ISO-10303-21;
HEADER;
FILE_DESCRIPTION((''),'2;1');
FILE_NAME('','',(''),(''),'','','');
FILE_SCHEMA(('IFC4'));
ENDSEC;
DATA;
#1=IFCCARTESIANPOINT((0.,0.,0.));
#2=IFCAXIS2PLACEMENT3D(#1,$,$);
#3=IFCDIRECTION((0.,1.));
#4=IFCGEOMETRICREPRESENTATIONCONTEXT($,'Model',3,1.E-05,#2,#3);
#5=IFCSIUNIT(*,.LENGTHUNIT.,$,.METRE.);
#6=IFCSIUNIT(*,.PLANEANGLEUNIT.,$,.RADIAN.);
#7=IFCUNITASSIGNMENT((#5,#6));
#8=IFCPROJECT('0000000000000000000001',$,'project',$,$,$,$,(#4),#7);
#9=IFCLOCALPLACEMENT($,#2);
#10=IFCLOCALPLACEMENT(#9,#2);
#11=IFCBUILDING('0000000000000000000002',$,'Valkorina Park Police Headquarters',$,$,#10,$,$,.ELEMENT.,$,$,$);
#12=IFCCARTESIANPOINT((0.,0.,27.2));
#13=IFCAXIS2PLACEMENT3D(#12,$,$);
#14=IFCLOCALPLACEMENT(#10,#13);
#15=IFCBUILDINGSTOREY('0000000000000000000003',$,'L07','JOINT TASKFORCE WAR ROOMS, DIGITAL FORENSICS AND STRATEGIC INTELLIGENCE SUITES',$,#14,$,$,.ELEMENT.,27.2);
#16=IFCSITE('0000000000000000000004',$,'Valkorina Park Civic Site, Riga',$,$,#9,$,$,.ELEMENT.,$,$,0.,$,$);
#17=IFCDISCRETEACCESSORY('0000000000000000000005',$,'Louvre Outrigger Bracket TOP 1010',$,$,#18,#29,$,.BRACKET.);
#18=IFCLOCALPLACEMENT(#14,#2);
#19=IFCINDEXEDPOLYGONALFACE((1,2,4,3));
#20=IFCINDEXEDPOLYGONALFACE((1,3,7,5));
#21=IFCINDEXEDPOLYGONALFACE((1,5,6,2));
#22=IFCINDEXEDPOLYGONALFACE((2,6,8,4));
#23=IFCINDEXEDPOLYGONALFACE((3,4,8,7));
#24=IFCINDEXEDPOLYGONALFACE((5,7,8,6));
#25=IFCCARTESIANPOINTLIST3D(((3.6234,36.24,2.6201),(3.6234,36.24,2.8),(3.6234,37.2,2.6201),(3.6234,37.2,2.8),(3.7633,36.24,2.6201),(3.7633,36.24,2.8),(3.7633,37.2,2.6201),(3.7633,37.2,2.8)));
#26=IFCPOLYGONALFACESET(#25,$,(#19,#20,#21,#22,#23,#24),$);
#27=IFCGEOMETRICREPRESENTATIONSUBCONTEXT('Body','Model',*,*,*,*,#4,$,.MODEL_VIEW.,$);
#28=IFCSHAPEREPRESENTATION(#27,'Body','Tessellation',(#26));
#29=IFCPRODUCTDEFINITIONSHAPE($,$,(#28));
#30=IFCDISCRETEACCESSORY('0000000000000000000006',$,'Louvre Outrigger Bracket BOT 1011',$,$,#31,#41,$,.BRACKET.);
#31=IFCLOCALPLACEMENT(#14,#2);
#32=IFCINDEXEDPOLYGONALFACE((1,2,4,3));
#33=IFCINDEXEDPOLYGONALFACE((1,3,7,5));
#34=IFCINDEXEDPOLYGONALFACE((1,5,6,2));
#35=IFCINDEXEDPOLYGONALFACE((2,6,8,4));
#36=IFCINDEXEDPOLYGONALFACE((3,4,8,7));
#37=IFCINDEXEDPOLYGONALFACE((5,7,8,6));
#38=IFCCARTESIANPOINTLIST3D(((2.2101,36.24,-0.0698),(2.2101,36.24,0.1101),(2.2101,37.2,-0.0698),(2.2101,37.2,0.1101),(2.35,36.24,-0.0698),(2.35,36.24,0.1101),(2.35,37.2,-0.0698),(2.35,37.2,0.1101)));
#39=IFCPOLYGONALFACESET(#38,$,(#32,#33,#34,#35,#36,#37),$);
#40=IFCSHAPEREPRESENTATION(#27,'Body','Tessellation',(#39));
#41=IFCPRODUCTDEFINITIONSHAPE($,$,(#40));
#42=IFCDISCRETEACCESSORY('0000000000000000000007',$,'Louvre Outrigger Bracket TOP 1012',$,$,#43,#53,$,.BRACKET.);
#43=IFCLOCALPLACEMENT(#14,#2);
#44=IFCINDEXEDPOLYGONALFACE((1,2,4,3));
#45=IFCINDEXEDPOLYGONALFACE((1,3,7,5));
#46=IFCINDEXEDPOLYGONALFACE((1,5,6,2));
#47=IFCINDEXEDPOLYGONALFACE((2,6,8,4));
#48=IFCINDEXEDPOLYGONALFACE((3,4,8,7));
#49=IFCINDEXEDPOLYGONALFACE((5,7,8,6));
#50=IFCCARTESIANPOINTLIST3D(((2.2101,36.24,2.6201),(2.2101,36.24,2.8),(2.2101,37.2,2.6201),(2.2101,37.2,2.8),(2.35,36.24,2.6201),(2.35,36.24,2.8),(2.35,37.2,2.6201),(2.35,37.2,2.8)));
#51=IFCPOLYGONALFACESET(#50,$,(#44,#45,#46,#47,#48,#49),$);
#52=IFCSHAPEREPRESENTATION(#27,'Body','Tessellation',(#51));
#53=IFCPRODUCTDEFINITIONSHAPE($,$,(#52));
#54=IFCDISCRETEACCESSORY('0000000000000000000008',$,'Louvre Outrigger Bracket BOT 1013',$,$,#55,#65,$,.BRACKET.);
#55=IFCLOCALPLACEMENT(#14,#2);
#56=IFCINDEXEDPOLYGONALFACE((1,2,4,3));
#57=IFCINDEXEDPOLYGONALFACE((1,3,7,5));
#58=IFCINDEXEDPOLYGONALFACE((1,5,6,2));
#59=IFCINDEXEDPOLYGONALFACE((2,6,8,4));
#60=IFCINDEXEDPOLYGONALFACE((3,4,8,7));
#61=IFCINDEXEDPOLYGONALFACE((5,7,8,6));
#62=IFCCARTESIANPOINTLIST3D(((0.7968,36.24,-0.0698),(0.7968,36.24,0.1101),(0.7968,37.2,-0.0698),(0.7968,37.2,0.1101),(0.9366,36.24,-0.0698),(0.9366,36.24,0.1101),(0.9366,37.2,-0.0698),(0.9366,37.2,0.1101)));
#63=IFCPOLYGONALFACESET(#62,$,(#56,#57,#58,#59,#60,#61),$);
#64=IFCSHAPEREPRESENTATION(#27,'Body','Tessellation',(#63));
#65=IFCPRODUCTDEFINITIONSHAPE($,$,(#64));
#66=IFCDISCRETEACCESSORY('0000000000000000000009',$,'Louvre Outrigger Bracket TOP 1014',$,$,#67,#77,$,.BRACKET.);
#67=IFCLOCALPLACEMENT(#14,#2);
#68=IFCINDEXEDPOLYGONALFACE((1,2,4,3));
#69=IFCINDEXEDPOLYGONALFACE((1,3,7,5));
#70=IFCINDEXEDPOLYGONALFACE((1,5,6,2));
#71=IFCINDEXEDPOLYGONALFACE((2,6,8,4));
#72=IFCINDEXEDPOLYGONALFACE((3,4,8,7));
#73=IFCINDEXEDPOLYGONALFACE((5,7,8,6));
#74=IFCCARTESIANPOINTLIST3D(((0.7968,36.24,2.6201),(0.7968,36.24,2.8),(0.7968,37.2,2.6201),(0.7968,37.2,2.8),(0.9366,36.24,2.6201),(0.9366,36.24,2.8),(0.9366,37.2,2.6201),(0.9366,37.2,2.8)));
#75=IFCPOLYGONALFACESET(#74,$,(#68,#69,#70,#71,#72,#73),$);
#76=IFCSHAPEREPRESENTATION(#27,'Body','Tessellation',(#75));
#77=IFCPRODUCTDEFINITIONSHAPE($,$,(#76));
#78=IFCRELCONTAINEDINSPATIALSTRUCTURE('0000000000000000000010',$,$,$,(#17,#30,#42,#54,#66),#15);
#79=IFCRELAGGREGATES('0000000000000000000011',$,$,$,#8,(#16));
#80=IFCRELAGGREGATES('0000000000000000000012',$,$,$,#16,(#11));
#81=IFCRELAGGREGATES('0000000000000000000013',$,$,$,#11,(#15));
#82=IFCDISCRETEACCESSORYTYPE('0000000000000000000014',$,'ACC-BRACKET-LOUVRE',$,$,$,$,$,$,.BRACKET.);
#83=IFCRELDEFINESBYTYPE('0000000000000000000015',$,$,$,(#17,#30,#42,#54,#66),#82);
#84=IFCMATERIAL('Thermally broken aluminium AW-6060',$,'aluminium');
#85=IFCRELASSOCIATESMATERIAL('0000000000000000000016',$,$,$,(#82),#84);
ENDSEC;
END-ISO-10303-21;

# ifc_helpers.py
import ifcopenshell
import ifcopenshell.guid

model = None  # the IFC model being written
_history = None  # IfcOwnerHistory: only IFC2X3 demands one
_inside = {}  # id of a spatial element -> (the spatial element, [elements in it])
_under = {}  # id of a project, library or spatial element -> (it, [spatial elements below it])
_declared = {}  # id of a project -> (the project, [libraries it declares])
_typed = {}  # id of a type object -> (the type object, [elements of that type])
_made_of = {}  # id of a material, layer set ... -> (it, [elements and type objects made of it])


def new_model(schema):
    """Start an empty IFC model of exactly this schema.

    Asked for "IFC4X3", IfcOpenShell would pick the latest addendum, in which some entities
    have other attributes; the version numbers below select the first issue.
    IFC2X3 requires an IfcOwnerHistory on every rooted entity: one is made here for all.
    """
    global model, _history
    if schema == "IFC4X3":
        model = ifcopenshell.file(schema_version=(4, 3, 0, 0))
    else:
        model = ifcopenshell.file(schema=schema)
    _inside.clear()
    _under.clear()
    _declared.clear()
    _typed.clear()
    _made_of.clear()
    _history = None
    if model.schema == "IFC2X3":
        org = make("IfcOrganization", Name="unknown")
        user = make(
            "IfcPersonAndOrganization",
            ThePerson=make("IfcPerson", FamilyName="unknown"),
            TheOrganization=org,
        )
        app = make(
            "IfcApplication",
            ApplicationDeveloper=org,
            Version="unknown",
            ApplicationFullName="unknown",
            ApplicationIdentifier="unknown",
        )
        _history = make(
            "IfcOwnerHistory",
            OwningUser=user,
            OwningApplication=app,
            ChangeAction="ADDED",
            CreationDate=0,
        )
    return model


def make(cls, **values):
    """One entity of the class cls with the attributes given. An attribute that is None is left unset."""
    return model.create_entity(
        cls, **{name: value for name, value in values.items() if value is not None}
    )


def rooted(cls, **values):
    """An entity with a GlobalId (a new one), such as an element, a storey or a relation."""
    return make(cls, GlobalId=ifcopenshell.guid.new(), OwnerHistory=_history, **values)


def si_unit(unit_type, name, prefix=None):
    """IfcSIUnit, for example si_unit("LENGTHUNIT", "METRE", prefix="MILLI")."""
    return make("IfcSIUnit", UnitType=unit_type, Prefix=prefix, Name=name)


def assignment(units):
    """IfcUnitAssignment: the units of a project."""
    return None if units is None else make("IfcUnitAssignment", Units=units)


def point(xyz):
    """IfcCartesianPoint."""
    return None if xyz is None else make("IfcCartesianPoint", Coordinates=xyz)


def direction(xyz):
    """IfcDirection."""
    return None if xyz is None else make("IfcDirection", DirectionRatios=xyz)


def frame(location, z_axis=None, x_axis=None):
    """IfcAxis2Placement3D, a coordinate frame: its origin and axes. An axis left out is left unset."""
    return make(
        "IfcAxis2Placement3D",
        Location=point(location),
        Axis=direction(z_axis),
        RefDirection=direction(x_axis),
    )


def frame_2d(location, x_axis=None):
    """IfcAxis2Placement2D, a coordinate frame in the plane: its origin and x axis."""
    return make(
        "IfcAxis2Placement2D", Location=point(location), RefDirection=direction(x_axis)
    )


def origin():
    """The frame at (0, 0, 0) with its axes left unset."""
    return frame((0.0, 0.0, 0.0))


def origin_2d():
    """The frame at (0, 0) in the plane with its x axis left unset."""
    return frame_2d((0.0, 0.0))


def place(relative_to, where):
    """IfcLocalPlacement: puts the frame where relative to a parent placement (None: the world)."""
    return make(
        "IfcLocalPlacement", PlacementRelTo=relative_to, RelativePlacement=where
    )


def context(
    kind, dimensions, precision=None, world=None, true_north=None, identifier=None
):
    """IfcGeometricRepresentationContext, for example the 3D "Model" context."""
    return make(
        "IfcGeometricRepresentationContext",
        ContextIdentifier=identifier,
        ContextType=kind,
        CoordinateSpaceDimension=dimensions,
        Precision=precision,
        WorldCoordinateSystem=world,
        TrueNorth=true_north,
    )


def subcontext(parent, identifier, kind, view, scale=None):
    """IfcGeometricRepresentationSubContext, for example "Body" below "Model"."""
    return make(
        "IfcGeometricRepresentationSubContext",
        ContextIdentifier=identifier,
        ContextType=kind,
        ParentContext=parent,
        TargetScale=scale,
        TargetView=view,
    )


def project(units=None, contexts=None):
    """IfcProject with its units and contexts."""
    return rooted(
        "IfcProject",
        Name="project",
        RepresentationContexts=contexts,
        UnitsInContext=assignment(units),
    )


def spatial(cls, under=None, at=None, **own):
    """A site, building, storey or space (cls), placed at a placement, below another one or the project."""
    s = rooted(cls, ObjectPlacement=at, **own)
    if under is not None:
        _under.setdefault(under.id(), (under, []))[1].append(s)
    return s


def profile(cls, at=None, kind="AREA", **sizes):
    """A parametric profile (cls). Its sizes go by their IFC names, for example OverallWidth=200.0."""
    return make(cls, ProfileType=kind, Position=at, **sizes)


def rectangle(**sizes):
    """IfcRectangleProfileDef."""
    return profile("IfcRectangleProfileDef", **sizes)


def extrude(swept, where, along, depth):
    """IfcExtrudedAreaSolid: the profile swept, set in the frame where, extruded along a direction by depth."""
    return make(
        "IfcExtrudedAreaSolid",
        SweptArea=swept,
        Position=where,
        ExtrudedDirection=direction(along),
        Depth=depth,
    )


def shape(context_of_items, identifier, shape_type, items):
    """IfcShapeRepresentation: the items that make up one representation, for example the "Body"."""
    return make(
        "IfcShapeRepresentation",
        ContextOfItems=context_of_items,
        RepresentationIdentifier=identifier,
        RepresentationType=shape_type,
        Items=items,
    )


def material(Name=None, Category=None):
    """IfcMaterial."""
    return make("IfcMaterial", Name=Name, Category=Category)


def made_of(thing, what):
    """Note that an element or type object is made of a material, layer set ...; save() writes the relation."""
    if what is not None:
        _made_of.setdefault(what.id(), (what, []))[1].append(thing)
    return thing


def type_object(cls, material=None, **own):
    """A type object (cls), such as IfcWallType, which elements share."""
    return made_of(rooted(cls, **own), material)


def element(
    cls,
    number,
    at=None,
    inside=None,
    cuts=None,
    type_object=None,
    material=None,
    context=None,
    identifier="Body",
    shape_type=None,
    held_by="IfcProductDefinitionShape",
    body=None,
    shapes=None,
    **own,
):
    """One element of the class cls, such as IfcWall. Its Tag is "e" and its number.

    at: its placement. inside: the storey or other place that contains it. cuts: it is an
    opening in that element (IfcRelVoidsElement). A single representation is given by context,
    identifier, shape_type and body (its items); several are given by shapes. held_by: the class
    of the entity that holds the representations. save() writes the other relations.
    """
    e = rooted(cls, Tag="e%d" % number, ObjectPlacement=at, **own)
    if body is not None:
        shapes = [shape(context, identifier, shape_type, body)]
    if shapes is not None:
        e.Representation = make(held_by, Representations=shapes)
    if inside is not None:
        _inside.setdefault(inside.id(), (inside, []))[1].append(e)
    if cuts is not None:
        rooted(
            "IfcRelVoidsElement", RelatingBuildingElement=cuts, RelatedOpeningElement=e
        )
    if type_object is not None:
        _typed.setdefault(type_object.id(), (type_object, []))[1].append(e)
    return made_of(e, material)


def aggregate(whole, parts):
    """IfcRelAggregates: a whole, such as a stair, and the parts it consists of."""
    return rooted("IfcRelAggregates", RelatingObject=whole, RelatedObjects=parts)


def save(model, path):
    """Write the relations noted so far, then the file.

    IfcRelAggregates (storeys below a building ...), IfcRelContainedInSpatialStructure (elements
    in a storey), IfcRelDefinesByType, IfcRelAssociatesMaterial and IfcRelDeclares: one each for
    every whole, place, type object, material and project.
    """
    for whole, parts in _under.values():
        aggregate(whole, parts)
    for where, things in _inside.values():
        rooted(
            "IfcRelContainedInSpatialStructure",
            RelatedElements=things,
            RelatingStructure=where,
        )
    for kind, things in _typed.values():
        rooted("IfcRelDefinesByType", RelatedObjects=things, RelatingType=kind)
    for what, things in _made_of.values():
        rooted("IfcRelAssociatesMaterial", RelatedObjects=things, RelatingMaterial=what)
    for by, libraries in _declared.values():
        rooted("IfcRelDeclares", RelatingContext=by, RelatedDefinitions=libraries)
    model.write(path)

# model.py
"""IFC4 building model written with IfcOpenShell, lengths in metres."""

from ifc_helpers import new_model, si_unit, direction, frame, origin, origin_2d, place, context, subcontext, project, spatial, rectangle, extrude, material, type_object, element, save


model = new_model("IFC4")

# Units and contexts
model_context = context("Model", 3, precision=1e-05, world=origin(), true_north=direction((0.0, 1.0)))
body_context = subcontext(model_context, "Body", "Model", "MODEL_VIEW")
ifc_project = project(units=[si_unit("LENGTHUNIT", "METRE"), si_unit("PLANEANGLEUNIT", "RADIAN")], contexts=[model_context])

# Site, building, storey
site_placement = place(None, origin())
site = spatial("IfcSite", under=ifc_project, at=site_placement, Name="Valkorina Park Civic Site, Riga", CompositionType="ELEMENT", RefElevation=0.0)
building_placement = place(site_placement, origin())
building = spatial("IfcBuilding", under=site, at=building_placement, Name="Valkorina Park Police Headquarters", CompositionType="ELEMENT")
storey_placement = place(building_placement, frame((0.0, 0.0, 27.2)))
storey = spatial("IfcBuildingStorey", under=building, at=storey_placement, Name="L07", Description="JOINT TASKFORCE WAR ROOMS, DIGITAL FORENSICS AND STRATEGIC INTELLIGENCE SUITES", CompositionType="ELEMENT", Elevation=27.2)

# Discrete accessories
ifc_material_1 = material(Name="Thermally broken aluminium AW-6060", Category="aluminium")
discrete_accessory_type = type_object("IfcDiscreteAccessoryType", Name="ACC-BRACKET-LOUVRE", PredefinedType="BRACKET", material=ifc_material_1)
for number, where, z_axis, x_axis, name in (
    (1, (3.6934, 36.72, 2.6201), (0.0, 0.0, 1.0), (0.0, -1.0, 0.0), "Louvre Outrigger Bracket TOP 1010"),
    (2, (2.28, 36.72, -0.0698), (0.0, 0.0, 1.0), (0.0, -1.0, 0.0), "Louvre Outrigger Bracket BOT 1011"),
    (3, (2.28, 36.72, 2.6201), (0.0, 0.0, 1.0), (0.0, -1.0, 0.0), "Louvre Outrigger Bracket TOP 1012"),
    (4, (0.8667, 36.72, -0.0698), (0.0, 0.0, 1.0), (0.0, -1.0, 0.0), "Louvre Outrigger Bracket BOT 1013"),
    (5, (0.8667, 36.72, 2.6201), (0.0, 0.0, 1.0), (0.0, -1.0, 0.0), "Louvre Outrigger Bracket TOP 1014"),
):
    element("IfcDiscreteAccessory", number, at=place(storey_placement, frame(where, z_axis=z_axis, x_axis=x_axis)), inside=storey, type_object=discrete_accessory_type, Name=name, PredefinedType="BRACKET", context=body_context, shape_type="SweptSolid", body=[
        extrude(rectangle(XDim=0.96, YDim=0.1399, at=origin_2d()), origin(), (0.0, 0.0, 1.0), 0.1799),
    ])

save(model, "model.ifc")
